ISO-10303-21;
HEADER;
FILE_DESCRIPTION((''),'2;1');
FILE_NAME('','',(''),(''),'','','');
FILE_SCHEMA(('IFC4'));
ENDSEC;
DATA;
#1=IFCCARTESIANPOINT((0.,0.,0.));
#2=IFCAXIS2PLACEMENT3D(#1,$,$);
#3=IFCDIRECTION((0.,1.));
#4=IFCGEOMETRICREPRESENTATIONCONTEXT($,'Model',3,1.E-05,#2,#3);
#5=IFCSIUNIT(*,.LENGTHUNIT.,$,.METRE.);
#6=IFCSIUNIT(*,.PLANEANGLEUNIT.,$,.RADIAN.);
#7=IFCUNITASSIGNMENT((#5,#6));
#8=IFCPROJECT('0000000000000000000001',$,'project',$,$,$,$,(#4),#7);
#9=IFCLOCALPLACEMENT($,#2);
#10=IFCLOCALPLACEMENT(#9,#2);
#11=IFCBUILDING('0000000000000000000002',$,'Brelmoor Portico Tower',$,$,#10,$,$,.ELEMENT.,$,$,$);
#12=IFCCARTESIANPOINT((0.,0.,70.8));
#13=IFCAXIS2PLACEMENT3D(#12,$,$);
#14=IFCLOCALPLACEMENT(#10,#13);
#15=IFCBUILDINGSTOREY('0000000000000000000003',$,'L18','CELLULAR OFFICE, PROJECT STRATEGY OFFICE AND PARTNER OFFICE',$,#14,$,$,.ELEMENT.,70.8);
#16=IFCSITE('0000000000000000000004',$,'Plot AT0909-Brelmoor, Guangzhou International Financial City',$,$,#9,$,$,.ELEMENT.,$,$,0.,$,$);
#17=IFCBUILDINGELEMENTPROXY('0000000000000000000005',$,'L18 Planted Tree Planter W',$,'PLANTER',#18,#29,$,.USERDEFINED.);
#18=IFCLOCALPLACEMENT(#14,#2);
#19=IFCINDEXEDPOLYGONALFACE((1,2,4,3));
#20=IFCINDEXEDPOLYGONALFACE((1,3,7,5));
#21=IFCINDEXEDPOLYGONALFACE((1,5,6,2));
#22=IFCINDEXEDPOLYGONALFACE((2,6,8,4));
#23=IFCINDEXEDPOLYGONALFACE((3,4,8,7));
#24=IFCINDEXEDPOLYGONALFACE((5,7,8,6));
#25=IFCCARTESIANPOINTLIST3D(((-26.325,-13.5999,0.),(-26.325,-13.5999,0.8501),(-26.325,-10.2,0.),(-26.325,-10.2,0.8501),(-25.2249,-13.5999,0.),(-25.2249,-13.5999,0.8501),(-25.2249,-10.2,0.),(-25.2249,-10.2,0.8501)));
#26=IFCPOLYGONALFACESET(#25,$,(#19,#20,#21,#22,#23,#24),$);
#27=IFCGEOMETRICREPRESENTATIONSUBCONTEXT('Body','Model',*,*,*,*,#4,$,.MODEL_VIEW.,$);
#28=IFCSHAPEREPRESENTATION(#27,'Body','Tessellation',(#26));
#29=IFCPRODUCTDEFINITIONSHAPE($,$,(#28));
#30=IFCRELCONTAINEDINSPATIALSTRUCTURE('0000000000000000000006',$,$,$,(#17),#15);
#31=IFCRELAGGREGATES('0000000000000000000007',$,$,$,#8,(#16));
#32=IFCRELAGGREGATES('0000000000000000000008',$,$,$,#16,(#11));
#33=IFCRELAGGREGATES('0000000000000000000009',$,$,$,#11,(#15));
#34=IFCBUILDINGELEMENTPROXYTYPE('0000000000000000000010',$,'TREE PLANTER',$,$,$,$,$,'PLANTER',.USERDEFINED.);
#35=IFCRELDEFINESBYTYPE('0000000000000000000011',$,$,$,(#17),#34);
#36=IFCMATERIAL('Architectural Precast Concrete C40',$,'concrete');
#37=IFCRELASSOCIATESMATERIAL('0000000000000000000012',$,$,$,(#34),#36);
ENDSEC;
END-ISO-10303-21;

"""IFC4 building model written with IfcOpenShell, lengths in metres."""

from ifc_helpers import new_model, si_unit, direction, frame, origin, origin_2d, place, context, subcontext, project, spatial, rectangle, extrude, material, type_object, element, save


model = new_model("IFC4")

# Units and contexts
model_context = context("Model", 3, precision=1e-05, world=origin(), true_north=direction((0.0, 1.0)))
body_context = subcontext(model_context, "Body", "Model", "MODEL_VIEW")
ifc_project = project(units=[si_unit("LENGTHUNIT", "METRE"), si_unit("PLANEANGLEUNIT", "RADIAN")], contexts=[model_context])

# Site, building, storey
site_placement = place(None, origin())
site = spatial("IfcSite", under=ifc_project, at=site_placement, Name="Plot AT0909-Brelmoor, Guangzhou International Financial City", CompositionType="ELEMENT", RefElevation=0.0)
building_placement = place(site_placement, origin())
building = spatial("IfcBuilding", under=site, at=building_placement, Name="Brelmoor Portico Tower", CompositionType="ELEMENT")
storey_placement = place(building_placement, frame((0.0, 0.0, 70.8)))
storey = spatial("IfcBuildingStorey", under=building, at=storey_placement, Name="L18", Description="CELLULAR OFFICE, PROJECT STRATEGY OFFICE AND PARTNER OFFICE", CompositionType="ELEMENT", Elevation=70.8)

# Building element proxy
ifc_material_1 = material(Name="Architectural Precast Concrete C40", Category="concrete")
building_element_proxy_type_1 = type_object("IfcBuildingElementProxyType", Name="TREE PLANTER", ElementType="PLANTER", PredefinedType="USERDEFINED", material=ifc_material_1)
proxy_1_placement = place(storey_placement, frame((-25.7749, -11.8999, 0.0), z_axis=(0.0, 0.0, 1.0), x_axis=(0.0, 1.0, 0.0)))
element("IfcBuildingElementProxy", 1, at=proxy_1_placement, inside=storey, type_object=building_element_proxy_type_1, Name="L18 Planted Tree Planter W", ObjectType="PLANTER", PredefinedType="USERDEFINED", context=body_context, shape_type="SweptSolid", body=[
    extrude(rectangle(XDim=3.3999, YDim=1.1001, at=origin_2d()), origin(), (0.0, 0.0, 1.0), 0.8501),
])

save(model, "model.ifc")
